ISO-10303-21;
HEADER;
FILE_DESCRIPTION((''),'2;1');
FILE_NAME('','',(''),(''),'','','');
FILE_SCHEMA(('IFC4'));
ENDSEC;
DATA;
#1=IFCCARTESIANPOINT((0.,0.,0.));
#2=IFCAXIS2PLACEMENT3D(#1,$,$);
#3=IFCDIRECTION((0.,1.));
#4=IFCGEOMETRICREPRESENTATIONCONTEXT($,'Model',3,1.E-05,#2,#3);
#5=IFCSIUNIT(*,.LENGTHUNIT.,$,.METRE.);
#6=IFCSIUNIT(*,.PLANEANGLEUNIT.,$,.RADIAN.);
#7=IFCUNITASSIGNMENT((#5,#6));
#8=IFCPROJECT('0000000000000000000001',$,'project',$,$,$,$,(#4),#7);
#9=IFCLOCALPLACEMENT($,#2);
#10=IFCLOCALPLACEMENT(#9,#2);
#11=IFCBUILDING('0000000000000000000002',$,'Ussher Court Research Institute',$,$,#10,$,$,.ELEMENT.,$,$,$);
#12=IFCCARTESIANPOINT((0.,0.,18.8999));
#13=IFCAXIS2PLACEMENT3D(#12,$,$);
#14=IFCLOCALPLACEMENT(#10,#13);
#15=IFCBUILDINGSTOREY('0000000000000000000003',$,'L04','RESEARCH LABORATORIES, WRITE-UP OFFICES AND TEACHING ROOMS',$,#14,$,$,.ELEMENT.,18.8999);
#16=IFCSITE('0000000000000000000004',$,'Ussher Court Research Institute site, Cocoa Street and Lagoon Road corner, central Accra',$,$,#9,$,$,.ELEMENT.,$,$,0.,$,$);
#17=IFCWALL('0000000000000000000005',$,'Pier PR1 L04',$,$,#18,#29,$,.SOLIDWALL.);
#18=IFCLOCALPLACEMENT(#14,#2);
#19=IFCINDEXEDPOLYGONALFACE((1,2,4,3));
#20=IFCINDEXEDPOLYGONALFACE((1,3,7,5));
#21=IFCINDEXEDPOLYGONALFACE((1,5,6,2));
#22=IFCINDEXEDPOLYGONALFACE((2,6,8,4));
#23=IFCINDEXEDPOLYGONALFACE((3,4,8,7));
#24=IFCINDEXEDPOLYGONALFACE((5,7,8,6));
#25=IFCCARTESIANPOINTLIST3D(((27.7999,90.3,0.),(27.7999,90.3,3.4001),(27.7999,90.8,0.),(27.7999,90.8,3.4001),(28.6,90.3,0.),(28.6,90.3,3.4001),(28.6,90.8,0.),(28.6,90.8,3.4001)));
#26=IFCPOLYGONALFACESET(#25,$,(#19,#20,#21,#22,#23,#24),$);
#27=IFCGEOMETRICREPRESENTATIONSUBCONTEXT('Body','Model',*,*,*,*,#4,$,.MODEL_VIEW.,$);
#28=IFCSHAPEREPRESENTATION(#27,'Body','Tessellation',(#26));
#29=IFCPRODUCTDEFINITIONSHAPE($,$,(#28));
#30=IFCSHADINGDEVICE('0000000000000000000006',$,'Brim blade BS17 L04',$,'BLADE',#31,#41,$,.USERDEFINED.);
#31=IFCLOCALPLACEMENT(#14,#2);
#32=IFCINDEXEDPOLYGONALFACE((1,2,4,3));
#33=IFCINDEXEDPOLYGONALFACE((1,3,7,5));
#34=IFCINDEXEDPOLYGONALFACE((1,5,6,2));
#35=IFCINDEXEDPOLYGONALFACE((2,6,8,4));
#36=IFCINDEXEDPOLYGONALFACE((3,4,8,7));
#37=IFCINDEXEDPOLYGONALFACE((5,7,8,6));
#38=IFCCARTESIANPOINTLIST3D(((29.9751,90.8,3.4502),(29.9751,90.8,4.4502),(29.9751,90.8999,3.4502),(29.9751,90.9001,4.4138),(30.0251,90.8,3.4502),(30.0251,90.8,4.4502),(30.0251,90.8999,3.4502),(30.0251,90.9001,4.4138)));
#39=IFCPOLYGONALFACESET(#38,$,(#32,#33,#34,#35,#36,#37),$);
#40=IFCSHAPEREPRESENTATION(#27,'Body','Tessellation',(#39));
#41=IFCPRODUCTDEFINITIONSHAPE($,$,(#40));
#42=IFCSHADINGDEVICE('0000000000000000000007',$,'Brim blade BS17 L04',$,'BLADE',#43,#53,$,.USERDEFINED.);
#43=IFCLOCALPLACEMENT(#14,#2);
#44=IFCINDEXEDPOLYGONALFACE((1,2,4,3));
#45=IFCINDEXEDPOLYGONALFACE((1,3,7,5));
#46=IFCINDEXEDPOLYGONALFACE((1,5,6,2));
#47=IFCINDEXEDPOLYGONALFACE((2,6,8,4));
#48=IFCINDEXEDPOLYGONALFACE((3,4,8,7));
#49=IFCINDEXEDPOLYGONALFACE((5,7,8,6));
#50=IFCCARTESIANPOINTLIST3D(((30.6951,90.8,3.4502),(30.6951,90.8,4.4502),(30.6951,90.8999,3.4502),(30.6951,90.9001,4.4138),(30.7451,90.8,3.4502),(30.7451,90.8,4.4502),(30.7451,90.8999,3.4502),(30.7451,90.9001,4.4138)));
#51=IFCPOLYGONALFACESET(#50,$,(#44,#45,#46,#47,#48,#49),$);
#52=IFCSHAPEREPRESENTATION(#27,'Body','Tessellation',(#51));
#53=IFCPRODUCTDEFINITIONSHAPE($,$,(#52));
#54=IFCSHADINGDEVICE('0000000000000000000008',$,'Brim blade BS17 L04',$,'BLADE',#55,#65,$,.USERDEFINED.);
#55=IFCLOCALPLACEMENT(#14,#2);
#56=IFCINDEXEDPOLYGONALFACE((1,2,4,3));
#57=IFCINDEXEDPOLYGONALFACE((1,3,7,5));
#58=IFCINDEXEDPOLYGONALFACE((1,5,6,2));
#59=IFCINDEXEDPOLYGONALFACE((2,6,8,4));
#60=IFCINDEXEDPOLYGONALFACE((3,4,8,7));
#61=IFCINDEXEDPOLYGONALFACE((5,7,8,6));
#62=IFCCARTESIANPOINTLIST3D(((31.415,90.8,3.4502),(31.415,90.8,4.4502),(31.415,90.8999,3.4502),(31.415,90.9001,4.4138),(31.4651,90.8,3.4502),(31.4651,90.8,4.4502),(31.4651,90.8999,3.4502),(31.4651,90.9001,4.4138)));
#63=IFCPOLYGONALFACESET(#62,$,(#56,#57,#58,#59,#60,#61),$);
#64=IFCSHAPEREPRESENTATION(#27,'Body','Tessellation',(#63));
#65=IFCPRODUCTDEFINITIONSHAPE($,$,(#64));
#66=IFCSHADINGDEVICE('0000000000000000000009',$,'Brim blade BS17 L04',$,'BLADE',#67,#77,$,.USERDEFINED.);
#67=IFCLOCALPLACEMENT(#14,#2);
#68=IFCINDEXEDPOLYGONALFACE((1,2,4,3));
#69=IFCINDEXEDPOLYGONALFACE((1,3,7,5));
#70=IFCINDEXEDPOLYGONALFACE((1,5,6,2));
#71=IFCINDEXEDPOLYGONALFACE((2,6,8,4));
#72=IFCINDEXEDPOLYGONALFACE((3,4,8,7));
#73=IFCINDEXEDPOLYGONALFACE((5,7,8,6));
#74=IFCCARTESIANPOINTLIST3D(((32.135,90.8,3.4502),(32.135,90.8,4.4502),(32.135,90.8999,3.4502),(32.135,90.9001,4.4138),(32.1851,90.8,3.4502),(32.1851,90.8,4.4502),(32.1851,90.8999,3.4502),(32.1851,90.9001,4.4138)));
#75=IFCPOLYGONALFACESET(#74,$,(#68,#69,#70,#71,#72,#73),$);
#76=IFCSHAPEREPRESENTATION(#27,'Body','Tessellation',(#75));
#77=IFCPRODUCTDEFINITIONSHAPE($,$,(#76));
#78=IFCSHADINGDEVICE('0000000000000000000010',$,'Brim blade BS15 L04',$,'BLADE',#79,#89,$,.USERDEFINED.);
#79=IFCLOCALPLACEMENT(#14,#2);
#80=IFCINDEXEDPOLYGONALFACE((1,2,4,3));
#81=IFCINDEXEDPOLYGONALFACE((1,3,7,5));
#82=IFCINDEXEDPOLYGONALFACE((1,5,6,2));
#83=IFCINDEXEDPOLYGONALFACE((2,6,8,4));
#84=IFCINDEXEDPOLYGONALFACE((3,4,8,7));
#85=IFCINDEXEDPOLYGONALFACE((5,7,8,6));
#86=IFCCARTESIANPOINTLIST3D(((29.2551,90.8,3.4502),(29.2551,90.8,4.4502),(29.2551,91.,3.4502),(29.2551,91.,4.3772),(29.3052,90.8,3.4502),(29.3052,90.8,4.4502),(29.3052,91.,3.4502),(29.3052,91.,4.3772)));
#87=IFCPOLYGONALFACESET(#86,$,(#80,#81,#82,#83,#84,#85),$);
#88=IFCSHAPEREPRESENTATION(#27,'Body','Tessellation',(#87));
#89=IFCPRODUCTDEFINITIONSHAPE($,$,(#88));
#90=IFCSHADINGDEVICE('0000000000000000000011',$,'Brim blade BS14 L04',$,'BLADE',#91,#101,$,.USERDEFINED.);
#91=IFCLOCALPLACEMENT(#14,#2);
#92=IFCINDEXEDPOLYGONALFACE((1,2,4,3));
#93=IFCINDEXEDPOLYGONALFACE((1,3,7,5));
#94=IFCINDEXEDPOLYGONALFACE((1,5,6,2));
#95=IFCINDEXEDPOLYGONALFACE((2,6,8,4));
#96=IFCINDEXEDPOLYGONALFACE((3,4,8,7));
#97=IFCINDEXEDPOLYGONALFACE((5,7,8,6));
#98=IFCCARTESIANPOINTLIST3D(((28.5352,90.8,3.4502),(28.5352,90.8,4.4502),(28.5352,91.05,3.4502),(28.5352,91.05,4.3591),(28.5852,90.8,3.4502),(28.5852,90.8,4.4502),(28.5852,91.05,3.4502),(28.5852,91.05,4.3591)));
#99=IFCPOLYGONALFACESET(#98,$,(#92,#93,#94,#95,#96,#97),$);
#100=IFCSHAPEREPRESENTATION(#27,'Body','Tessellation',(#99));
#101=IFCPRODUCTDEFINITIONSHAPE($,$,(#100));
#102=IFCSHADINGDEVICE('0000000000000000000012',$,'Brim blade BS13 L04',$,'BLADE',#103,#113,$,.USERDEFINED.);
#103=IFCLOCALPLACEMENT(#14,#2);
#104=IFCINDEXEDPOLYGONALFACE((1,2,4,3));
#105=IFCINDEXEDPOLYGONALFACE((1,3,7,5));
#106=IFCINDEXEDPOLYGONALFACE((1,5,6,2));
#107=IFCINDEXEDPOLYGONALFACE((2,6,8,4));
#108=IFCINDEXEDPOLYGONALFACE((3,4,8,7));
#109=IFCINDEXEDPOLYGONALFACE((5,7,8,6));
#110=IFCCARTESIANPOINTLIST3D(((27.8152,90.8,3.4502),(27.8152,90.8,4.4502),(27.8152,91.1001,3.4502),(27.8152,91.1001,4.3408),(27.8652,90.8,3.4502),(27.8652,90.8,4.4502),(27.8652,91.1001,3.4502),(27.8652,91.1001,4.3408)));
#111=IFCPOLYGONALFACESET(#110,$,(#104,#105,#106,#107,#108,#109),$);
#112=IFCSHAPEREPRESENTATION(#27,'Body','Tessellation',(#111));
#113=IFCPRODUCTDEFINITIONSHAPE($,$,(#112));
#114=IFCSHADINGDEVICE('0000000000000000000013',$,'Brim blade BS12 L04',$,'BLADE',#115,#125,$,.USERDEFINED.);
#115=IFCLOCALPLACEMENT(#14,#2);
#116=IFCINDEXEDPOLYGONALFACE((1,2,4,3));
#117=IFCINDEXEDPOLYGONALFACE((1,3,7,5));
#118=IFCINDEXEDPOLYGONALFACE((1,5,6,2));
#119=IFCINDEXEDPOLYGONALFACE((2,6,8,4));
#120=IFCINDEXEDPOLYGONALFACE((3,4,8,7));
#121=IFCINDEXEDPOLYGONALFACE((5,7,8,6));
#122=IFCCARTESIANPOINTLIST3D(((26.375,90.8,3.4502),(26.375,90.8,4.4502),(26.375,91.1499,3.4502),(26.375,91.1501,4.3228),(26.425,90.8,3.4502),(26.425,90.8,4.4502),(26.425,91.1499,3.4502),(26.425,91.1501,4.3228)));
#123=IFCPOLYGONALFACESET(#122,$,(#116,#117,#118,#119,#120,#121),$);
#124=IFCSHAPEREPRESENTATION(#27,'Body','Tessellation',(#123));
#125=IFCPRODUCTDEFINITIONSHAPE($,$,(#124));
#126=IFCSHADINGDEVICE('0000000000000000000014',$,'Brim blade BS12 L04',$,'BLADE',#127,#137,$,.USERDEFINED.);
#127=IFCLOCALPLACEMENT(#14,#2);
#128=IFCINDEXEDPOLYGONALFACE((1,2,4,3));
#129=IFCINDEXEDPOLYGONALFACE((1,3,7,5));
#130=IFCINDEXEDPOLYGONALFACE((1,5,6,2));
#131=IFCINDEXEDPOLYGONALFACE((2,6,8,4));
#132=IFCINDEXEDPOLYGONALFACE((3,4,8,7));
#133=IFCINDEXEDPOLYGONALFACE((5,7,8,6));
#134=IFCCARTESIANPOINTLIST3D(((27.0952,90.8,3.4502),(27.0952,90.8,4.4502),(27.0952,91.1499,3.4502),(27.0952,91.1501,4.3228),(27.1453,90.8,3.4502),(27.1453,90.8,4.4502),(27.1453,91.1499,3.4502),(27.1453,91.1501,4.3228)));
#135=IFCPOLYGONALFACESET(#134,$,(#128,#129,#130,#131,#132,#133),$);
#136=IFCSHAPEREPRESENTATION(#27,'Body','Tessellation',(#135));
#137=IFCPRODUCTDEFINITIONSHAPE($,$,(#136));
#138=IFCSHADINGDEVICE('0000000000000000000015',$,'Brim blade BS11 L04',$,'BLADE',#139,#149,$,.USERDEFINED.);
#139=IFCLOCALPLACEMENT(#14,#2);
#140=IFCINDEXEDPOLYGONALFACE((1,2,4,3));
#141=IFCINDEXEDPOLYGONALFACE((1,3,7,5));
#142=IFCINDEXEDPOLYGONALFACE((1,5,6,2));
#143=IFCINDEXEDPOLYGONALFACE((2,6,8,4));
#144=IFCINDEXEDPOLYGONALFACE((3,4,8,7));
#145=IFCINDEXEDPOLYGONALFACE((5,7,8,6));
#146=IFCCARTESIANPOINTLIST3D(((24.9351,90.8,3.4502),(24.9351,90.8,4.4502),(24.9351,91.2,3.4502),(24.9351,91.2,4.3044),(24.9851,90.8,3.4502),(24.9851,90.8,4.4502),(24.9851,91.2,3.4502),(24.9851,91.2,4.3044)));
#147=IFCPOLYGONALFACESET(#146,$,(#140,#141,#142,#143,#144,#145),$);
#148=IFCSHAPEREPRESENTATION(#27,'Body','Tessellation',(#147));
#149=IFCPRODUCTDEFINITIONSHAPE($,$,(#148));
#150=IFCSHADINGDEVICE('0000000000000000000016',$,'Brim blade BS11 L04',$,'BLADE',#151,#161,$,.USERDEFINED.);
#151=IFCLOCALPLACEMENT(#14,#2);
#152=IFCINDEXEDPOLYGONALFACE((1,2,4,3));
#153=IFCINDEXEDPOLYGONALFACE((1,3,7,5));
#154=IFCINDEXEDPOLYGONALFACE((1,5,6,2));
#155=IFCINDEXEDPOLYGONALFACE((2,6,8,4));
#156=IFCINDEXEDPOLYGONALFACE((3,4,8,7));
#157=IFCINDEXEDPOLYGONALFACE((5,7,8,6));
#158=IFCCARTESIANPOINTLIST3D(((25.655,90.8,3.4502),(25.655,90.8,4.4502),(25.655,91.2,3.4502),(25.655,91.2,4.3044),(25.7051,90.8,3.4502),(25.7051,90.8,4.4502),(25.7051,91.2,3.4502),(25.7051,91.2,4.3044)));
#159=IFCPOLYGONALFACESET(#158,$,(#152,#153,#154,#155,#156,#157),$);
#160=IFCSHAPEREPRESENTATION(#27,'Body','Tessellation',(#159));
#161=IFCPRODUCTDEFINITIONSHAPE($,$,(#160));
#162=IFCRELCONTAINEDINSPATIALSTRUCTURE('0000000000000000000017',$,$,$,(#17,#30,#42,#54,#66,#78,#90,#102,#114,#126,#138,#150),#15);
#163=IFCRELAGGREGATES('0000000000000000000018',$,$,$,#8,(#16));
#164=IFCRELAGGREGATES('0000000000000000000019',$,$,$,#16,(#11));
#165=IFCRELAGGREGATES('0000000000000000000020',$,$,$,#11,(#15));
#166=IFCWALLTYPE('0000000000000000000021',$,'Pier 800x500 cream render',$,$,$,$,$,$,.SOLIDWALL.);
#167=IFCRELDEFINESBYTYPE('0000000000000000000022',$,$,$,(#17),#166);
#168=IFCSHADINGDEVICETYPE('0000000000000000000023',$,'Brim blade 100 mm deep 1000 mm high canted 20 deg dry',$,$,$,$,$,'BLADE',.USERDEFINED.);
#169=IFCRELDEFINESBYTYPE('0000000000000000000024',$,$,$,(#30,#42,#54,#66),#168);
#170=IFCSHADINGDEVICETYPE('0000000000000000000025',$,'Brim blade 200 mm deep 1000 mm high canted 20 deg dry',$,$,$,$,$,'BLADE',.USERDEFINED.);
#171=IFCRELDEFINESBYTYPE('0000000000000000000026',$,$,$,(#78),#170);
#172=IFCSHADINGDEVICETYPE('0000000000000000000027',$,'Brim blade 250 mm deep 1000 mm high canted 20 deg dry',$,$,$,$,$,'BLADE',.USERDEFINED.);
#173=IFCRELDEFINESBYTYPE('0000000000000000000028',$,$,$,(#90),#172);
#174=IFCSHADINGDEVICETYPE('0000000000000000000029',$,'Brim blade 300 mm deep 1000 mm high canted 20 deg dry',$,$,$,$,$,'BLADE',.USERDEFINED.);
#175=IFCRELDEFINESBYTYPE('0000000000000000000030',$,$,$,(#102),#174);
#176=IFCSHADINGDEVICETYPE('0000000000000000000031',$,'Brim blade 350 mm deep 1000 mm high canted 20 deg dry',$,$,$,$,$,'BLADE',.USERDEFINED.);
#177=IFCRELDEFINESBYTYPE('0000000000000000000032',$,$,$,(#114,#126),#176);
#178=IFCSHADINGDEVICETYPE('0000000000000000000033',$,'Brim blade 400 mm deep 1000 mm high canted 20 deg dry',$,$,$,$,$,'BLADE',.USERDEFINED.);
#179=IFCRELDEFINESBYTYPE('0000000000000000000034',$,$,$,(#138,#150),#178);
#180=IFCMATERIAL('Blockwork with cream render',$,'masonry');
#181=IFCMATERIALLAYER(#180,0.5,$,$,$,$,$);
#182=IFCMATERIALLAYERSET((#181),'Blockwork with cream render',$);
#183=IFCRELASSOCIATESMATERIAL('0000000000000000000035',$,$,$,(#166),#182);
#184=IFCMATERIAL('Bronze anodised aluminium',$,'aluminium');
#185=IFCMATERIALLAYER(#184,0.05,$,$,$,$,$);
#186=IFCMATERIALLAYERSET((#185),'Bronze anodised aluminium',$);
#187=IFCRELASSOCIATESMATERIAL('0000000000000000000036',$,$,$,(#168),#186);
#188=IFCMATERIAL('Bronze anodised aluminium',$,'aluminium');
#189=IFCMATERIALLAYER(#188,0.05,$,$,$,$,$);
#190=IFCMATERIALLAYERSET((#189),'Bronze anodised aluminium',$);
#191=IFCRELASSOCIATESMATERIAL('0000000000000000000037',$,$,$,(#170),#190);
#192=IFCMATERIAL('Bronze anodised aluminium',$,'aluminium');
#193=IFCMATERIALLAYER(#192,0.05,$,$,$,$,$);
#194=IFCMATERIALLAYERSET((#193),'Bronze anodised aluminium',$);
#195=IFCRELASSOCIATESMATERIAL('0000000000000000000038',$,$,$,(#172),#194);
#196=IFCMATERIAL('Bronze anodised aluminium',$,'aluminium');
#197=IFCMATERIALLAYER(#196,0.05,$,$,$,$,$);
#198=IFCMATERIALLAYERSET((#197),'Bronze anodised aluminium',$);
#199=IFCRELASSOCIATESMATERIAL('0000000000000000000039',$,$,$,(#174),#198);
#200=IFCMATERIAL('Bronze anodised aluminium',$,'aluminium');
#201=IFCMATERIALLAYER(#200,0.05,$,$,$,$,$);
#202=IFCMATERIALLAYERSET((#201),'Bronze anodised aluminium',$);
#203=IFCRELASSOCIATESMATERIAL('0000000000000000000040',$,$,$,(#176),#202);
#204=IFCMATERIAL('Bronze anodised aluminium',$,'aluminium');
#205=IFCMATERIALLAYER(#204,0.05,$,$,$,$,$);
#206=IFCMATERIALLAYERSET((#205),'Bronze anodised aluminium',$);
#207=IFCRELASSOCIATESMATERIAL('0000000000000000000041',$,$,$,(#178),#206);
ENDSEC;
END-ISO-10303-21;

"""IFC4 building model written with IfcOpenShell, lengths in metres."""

from ifc_helpers import new_model, si_unit, direction, frame, frame_2d, origin, place, context, subcontext, project, spatial, polyline, rectangle, outline, extrude, material, layer, layer_set, type_object, element, save


model = new_model("IFC4")

# Units and contexts
model_context = context("Model", 3, precision=1e-05, world=origin(), true_north=direction((0.0, 1.0)))
body_context = subcontext(model_context, "Body", "Model", "MODEL_VIEW")
ifc_project = project(units=[si_unit("LENGTHUNIT", "METRE"), si_unit("PLANEANGLEUNIT", "RADIAN")], contexts=[model_context])

# Site, building, storey
site_placement = place(None, origin())
site = spatial("IfcSite", under=ifc_project, at=site_placement, Name="Ussher Court Research Institute site, Cocoa Street and Lagoon Road corner, central Accra", CompositionType="ELEMENT", RefElevation=0.0)
building_placement = place(site_placement, origin())
building = spatial("IfcBuilding", under=site, at=building_placement, Name="Ussher Court Research Institute", CompositionType="ELEMENT")
storey_placement = place(building_placement, frame((0.0, 0.0, 18.8999)))
storey = spatial("IfcBuildingStorey", under=building, at=storey_placement, Name="L04", Description="RESEARCH LABORATORIES, WRITE-UP OFFICES AND TEACHING ROOMS", CompositionType="ELEMENT", Elevation=18.8999)

# Wall
ifc_material_1 = material(Name="Blockwork with cream render", Category="masonry")
ifc_layer_1 = layer(ifc_material_1, 0.5)
ifc_layer_set_1 = layer_set([ifc_layer_1], Name="Blockwork with cream render")
wall_type_1 = type_object("IfcWallType", Name="Pier 800x500 cream render", PredefinedType="SOLIDWALL", material=ifc_layer_set_1)
wall_1_placement = place(storey_placement, frame((27.8, 90.55, 0.0), z_axis=(0.0, 0.0, 1.0), x_axis=(1.0, 0.0, 0.0)))
element("IfcWall", 1, at=wall_1_placement, inside=storey, type_object=wall_type_1, Name="Pier PR1 L04", PredefinedType="SOLIDWALL", context=body_context, shape_type="SweptSolid", body=[
    extrude(rectangle(XDim=0.8, YDim=0.5, at=frame_2d((0.3999, 0.0))), origin(), (0.0, 0.0, 1.0), 3.4001),
])

# Shading devices
ifc_material_2 = material(Name="Bronze anodised aluminium", Category="aluminium")
ifc_layer_2 = layer(ifc_material_2, 0.05)
ifc_layer_set_2 = layer_set([ifc_layer_2], Name="Bronze anodised aluminium")
shading_device_type_1 = type_object("IfcShadingDeviceType", Name="Brim blade 100 mm deep 1000 mm high canted 20 deg dry", ElementType="BLADE", PredefinedType="USERDEFINED", material=ifc_layer_set_2)
for number, where, z_axis, x_axis, name in (
    (2, (30.0, 90.8, 3.4502), (0.0, 0.0, 1.0), (0.0, 1.0, 0.0), "Brim blade BS17 L04"),
    (3, (30.72, 90.8, 3.4502), (0.0, 0.0, 1.0), (0.0, 1.0, 0.0), "Brim blade BS17 L04"),
    (4, (31.4399, 90.8, 3.4502), (0.0, 0.0, 1.0), (0.0, 1.0, 0.0), "Brim blade BS17 L04"),
    (5, (32.1599, 90.8, 3.4502), (0.0, 0.0, 1.0), (0.0, 1.0, 0.0), "Brim blade BS17 L04"),
):
    element("IfcShadingDevice", number, at=place(storey_placement, frame(where, z_axis=z_axis, x_axis=x_axis)), inside=storey, type_object=shading_device_type_1, Name=name, ObjectType="BLADE", PredefinedType="USERDEFINED", context=body_context, shape_type="SweptSolid", body=[
        extrude(outline(polyline([(0.0, 0.0), (0.0999, 0.0), (0.1001, 0.9636), (0.0, 1.0), (0.0, 0.0)])), frame((0.0, 0.0249, 0.0), z_axis=(0.0, -1.0, 0.0), x_axis=(1.0, 0.0, 0.0)), (0.0, 0.0, 1.0), 0.05),
    ])
ifc_material_3 = material(Name="Bronze anodised aluminium", Category="aluminium")
ifc_layer_3 = layer(ifc_material_3, 0.05)
ifc_layer_set_3 = layer_set([ifc_layer_3], Name="Bronze anodised aluminium")
shading_device_type_2 = type_object("IfcShadingDeviceType", Name="Brim blade 200 mm deep 1000 mm high canted 20 deg dry", ElementType="BLADE", PredefinedType="USERDEFINED", material=ifc_layer_set_3)
shading_device_1_placement = place(storey_placement, frame((29.28, 90.8, 3.4502), z_axis=(0.0, 0.0, 1.0), x_axis=(0.0, 1.0, 0.0)))
element("IfcShadingDevice", 6, at=shading_device_1_placement, inside=storey, type_object=shading_device_type_2, Name="Brim blade BS15 L04", ObjectType="BLADE", PredefinedType="USERDEFINED", context=body_context, shape_type="SweptSolid", body=[
    extrude(outline(polyline([(0.0, 0.0), (0.2, 0.0), (0.2, 0.927), (0.0, 1.0), (0.0, 0.0)])), frame((0.0, 0.0249, 0.0), z_axis=(0.0, -1.0, 0.0), x_axis=(1.0, 0.0, 0.0)), (0.0, 0.0, 1.0), 0.05),
])
ifc_material_4 = material(Name="Bronze anodised aluminium", Category="aluminium")
ifc_layer_4 = layer(ifc_material_4, 0.05)
ifc_layer_set_4 = layer_set([ifc_layer_4], Name="Bronze anodised aluminium")
shading_device_type_3 = type_object("IfcShadingDeviceType", Name="Brim blade 250 mm deep 1000 mm high canted 20 deg dry", ElementType="BLADE", PredefinedType="USERDEFINED", material=ifc_layer_set_4)
shading_device_2_placement = place(storey_placement, frame((28.5601, 90.8, 3.4502), z_axis=(0.0, 0.0, 1.0), x_axis=(0.0, 1.0, 0.0)))
element("IfcShadingDevice", 7, at=shading_device_2_placement, inside=storey, type_object=shading_device_type_3, Name="Brim blade BS14 L04", ObjectType="BLADE", PredefinedType="USERDEFINED", context=body_context, shape_type="SweptSolid", body=[
    extrude(outline(polyline([(0.0, 0.0), (0.25, 0.0), (0.25, 0.9089), (0.0, 1.0), (0.0, 0.0)])), frame((0.0, 0.0249, 0.0), z_axis=(0.0, -1.0, 0.0), x_axis=(1.0, 0.0, 0.0)), (0.0, 0.0, 1.0), 0.05),
])
ifc_material_5 = material(Name="Bronze anodised aluminium", Category="aluminium")
ifc_layer_5 = layer(ifc_material_5, 0.05)
ifc_layer_set_5 = layer_set([ifc_layer_5], Name="Bronze anodised aluminium")
shading_device_type_4 = type_object("IfcShadingDeviceType", Name="Brim blade 300 mm deep 1000 mm high canted 20 deg dry", ElementType="BLADE", PredefinedType="USERDEFINED", material=ifc_layer_set_5)
shading_device_3_placement = place(storey_placement, frame((27.8401, 90.8, 3.4502), z_axis=(0.0, 0.0, 1.0), x_axis=(0.0, 1.0, 0.0)))
element("IfcShadingDevice", 8, at=shading_device_3_placement, inside=storey, type_object=shading_device_type_4, Name="Brim blade BS13 L04", ObjectType="BLADE", PredefinedType="USERDEFINED", context=body_context, shape_type="SweptSolid", body=[
    extrude(outline(polyline([(0.0, 0.0), (0.3, 0.0), (0.3, 0.8906), (0.0, 1.0), (0.0, 0.0)])), frame((0.0, 0.0249, 0.0), z_axis=(0.0, -1.0, 0.0), x_axis=(1.0, 0.0, 0.0)), (0.0, 0.0, 1.0), 0.05),
])
ifc_material_6 = material(Name="Bronze anodised aluminium", Category="aluminium")
ifc_layer_6 = layer(ifc_material_6, 0.05)
ifc_layer_set_6 = layer_set([ifc_layer_6], Name="Bronze anodised aluminium")
shading_device_type_5 = type_object("IfcShadingDeviceType", Name="Brim blade 350 mm deep 1000 mm high canted 20 deg dry", ElementType="BLADE", PredefinedType="USERDEFINED", material=ifc_layer_set_6)
for number, where, z_axis, x_axis, name in (
    (9, (26.3999, 90.8, 3.4502), (0.0, 0.0, 1.0), (0.0, 1.0, 0.0), "Brim blade BS12 L04"),
    (10, (27.1201, 90.8, 3.4502), (0.0, 0.0, 1.0), (0.0, 1.0, 0.0), "Brim blade BS12 L04"),
):
    element("IfcShadingDevice", number, at=place(storey_placement, frame(where, z_axis=z_axis, x_axis=x_axis)), inside=storey, type_object=shading_device_type_5, Name=name, ObjectType="BLADE", PredefinedType="USERDEFINED", context=body_context, shape_type="SweptSolid", body=[
        extrude(outline(polyline([(0.0, 0.0), (0.3499, 0.0), (0.3501, 0.8726), (0.0, 1.0), (0.0, 0.0)])), frame((0.0, 0.0249, 0.0), z_axis=(0.0, -1.0, 0.0), x_axis=(1.0, 0.0, 0.0)), (0.0, 0.0, 1.0), 0.05),
    ])
ifc_material_7 = material(Name="Bronze anodised aluminium", Category="aluminium")
ifc_layer_7 = layer(ifc_material_7, 0.05)
ifc_layer_set_7 = layer_set([ifc_layer_7], Name="Bronze anodised aluminium")
shading_device_type_6 = type_object("IfcShadingDeviceType", Name="Brim blade 400 mm deep 1000 mm high canted 20 deg dry", ElementType="BLADE", PredefinedType="USERDEFINED", material=ifc_layer_set_7)
for number, where, z_axis, x_axis, name in (
    (11, (24.96, 90.8, 3.4502), (0.0, 0.0, 1.0), (0.0, 1.0, 0.0), "Brim blade BS11 L04"),
    (12, (25.6799, 90.8, 3.4502), (0.0, 0.0, 1.0), (0.0, 1.0, 0.0), "Brim blade BS11 L04"),
):
    element("IfcShadingDevice", number, at=place(storey_placement, frame(where, z_axis=z_axis, x_axis=x_axis)), inside=storey, type_object=shading_device_type_6, Name=name, ObjectType="BLADE", PredefinedType="USERDEFINED", context=body_context, shape_type="SweptSolid", body=[
        extrude(outline(polyline([(0.0, 0.0), (0.3999, 0.0), (0.3999, 0.8542), (0.0, 1.0), (0.0, 0.0)])), frame((0.0, 0.0249, 0.0), z_axis=(0.0, -1.0, 0.0), x_axis=(1.0, 0.0, 0.0)), (0.0, 0.0, 1.0), 0.05),
    ])

save(model, "model.ifc")
